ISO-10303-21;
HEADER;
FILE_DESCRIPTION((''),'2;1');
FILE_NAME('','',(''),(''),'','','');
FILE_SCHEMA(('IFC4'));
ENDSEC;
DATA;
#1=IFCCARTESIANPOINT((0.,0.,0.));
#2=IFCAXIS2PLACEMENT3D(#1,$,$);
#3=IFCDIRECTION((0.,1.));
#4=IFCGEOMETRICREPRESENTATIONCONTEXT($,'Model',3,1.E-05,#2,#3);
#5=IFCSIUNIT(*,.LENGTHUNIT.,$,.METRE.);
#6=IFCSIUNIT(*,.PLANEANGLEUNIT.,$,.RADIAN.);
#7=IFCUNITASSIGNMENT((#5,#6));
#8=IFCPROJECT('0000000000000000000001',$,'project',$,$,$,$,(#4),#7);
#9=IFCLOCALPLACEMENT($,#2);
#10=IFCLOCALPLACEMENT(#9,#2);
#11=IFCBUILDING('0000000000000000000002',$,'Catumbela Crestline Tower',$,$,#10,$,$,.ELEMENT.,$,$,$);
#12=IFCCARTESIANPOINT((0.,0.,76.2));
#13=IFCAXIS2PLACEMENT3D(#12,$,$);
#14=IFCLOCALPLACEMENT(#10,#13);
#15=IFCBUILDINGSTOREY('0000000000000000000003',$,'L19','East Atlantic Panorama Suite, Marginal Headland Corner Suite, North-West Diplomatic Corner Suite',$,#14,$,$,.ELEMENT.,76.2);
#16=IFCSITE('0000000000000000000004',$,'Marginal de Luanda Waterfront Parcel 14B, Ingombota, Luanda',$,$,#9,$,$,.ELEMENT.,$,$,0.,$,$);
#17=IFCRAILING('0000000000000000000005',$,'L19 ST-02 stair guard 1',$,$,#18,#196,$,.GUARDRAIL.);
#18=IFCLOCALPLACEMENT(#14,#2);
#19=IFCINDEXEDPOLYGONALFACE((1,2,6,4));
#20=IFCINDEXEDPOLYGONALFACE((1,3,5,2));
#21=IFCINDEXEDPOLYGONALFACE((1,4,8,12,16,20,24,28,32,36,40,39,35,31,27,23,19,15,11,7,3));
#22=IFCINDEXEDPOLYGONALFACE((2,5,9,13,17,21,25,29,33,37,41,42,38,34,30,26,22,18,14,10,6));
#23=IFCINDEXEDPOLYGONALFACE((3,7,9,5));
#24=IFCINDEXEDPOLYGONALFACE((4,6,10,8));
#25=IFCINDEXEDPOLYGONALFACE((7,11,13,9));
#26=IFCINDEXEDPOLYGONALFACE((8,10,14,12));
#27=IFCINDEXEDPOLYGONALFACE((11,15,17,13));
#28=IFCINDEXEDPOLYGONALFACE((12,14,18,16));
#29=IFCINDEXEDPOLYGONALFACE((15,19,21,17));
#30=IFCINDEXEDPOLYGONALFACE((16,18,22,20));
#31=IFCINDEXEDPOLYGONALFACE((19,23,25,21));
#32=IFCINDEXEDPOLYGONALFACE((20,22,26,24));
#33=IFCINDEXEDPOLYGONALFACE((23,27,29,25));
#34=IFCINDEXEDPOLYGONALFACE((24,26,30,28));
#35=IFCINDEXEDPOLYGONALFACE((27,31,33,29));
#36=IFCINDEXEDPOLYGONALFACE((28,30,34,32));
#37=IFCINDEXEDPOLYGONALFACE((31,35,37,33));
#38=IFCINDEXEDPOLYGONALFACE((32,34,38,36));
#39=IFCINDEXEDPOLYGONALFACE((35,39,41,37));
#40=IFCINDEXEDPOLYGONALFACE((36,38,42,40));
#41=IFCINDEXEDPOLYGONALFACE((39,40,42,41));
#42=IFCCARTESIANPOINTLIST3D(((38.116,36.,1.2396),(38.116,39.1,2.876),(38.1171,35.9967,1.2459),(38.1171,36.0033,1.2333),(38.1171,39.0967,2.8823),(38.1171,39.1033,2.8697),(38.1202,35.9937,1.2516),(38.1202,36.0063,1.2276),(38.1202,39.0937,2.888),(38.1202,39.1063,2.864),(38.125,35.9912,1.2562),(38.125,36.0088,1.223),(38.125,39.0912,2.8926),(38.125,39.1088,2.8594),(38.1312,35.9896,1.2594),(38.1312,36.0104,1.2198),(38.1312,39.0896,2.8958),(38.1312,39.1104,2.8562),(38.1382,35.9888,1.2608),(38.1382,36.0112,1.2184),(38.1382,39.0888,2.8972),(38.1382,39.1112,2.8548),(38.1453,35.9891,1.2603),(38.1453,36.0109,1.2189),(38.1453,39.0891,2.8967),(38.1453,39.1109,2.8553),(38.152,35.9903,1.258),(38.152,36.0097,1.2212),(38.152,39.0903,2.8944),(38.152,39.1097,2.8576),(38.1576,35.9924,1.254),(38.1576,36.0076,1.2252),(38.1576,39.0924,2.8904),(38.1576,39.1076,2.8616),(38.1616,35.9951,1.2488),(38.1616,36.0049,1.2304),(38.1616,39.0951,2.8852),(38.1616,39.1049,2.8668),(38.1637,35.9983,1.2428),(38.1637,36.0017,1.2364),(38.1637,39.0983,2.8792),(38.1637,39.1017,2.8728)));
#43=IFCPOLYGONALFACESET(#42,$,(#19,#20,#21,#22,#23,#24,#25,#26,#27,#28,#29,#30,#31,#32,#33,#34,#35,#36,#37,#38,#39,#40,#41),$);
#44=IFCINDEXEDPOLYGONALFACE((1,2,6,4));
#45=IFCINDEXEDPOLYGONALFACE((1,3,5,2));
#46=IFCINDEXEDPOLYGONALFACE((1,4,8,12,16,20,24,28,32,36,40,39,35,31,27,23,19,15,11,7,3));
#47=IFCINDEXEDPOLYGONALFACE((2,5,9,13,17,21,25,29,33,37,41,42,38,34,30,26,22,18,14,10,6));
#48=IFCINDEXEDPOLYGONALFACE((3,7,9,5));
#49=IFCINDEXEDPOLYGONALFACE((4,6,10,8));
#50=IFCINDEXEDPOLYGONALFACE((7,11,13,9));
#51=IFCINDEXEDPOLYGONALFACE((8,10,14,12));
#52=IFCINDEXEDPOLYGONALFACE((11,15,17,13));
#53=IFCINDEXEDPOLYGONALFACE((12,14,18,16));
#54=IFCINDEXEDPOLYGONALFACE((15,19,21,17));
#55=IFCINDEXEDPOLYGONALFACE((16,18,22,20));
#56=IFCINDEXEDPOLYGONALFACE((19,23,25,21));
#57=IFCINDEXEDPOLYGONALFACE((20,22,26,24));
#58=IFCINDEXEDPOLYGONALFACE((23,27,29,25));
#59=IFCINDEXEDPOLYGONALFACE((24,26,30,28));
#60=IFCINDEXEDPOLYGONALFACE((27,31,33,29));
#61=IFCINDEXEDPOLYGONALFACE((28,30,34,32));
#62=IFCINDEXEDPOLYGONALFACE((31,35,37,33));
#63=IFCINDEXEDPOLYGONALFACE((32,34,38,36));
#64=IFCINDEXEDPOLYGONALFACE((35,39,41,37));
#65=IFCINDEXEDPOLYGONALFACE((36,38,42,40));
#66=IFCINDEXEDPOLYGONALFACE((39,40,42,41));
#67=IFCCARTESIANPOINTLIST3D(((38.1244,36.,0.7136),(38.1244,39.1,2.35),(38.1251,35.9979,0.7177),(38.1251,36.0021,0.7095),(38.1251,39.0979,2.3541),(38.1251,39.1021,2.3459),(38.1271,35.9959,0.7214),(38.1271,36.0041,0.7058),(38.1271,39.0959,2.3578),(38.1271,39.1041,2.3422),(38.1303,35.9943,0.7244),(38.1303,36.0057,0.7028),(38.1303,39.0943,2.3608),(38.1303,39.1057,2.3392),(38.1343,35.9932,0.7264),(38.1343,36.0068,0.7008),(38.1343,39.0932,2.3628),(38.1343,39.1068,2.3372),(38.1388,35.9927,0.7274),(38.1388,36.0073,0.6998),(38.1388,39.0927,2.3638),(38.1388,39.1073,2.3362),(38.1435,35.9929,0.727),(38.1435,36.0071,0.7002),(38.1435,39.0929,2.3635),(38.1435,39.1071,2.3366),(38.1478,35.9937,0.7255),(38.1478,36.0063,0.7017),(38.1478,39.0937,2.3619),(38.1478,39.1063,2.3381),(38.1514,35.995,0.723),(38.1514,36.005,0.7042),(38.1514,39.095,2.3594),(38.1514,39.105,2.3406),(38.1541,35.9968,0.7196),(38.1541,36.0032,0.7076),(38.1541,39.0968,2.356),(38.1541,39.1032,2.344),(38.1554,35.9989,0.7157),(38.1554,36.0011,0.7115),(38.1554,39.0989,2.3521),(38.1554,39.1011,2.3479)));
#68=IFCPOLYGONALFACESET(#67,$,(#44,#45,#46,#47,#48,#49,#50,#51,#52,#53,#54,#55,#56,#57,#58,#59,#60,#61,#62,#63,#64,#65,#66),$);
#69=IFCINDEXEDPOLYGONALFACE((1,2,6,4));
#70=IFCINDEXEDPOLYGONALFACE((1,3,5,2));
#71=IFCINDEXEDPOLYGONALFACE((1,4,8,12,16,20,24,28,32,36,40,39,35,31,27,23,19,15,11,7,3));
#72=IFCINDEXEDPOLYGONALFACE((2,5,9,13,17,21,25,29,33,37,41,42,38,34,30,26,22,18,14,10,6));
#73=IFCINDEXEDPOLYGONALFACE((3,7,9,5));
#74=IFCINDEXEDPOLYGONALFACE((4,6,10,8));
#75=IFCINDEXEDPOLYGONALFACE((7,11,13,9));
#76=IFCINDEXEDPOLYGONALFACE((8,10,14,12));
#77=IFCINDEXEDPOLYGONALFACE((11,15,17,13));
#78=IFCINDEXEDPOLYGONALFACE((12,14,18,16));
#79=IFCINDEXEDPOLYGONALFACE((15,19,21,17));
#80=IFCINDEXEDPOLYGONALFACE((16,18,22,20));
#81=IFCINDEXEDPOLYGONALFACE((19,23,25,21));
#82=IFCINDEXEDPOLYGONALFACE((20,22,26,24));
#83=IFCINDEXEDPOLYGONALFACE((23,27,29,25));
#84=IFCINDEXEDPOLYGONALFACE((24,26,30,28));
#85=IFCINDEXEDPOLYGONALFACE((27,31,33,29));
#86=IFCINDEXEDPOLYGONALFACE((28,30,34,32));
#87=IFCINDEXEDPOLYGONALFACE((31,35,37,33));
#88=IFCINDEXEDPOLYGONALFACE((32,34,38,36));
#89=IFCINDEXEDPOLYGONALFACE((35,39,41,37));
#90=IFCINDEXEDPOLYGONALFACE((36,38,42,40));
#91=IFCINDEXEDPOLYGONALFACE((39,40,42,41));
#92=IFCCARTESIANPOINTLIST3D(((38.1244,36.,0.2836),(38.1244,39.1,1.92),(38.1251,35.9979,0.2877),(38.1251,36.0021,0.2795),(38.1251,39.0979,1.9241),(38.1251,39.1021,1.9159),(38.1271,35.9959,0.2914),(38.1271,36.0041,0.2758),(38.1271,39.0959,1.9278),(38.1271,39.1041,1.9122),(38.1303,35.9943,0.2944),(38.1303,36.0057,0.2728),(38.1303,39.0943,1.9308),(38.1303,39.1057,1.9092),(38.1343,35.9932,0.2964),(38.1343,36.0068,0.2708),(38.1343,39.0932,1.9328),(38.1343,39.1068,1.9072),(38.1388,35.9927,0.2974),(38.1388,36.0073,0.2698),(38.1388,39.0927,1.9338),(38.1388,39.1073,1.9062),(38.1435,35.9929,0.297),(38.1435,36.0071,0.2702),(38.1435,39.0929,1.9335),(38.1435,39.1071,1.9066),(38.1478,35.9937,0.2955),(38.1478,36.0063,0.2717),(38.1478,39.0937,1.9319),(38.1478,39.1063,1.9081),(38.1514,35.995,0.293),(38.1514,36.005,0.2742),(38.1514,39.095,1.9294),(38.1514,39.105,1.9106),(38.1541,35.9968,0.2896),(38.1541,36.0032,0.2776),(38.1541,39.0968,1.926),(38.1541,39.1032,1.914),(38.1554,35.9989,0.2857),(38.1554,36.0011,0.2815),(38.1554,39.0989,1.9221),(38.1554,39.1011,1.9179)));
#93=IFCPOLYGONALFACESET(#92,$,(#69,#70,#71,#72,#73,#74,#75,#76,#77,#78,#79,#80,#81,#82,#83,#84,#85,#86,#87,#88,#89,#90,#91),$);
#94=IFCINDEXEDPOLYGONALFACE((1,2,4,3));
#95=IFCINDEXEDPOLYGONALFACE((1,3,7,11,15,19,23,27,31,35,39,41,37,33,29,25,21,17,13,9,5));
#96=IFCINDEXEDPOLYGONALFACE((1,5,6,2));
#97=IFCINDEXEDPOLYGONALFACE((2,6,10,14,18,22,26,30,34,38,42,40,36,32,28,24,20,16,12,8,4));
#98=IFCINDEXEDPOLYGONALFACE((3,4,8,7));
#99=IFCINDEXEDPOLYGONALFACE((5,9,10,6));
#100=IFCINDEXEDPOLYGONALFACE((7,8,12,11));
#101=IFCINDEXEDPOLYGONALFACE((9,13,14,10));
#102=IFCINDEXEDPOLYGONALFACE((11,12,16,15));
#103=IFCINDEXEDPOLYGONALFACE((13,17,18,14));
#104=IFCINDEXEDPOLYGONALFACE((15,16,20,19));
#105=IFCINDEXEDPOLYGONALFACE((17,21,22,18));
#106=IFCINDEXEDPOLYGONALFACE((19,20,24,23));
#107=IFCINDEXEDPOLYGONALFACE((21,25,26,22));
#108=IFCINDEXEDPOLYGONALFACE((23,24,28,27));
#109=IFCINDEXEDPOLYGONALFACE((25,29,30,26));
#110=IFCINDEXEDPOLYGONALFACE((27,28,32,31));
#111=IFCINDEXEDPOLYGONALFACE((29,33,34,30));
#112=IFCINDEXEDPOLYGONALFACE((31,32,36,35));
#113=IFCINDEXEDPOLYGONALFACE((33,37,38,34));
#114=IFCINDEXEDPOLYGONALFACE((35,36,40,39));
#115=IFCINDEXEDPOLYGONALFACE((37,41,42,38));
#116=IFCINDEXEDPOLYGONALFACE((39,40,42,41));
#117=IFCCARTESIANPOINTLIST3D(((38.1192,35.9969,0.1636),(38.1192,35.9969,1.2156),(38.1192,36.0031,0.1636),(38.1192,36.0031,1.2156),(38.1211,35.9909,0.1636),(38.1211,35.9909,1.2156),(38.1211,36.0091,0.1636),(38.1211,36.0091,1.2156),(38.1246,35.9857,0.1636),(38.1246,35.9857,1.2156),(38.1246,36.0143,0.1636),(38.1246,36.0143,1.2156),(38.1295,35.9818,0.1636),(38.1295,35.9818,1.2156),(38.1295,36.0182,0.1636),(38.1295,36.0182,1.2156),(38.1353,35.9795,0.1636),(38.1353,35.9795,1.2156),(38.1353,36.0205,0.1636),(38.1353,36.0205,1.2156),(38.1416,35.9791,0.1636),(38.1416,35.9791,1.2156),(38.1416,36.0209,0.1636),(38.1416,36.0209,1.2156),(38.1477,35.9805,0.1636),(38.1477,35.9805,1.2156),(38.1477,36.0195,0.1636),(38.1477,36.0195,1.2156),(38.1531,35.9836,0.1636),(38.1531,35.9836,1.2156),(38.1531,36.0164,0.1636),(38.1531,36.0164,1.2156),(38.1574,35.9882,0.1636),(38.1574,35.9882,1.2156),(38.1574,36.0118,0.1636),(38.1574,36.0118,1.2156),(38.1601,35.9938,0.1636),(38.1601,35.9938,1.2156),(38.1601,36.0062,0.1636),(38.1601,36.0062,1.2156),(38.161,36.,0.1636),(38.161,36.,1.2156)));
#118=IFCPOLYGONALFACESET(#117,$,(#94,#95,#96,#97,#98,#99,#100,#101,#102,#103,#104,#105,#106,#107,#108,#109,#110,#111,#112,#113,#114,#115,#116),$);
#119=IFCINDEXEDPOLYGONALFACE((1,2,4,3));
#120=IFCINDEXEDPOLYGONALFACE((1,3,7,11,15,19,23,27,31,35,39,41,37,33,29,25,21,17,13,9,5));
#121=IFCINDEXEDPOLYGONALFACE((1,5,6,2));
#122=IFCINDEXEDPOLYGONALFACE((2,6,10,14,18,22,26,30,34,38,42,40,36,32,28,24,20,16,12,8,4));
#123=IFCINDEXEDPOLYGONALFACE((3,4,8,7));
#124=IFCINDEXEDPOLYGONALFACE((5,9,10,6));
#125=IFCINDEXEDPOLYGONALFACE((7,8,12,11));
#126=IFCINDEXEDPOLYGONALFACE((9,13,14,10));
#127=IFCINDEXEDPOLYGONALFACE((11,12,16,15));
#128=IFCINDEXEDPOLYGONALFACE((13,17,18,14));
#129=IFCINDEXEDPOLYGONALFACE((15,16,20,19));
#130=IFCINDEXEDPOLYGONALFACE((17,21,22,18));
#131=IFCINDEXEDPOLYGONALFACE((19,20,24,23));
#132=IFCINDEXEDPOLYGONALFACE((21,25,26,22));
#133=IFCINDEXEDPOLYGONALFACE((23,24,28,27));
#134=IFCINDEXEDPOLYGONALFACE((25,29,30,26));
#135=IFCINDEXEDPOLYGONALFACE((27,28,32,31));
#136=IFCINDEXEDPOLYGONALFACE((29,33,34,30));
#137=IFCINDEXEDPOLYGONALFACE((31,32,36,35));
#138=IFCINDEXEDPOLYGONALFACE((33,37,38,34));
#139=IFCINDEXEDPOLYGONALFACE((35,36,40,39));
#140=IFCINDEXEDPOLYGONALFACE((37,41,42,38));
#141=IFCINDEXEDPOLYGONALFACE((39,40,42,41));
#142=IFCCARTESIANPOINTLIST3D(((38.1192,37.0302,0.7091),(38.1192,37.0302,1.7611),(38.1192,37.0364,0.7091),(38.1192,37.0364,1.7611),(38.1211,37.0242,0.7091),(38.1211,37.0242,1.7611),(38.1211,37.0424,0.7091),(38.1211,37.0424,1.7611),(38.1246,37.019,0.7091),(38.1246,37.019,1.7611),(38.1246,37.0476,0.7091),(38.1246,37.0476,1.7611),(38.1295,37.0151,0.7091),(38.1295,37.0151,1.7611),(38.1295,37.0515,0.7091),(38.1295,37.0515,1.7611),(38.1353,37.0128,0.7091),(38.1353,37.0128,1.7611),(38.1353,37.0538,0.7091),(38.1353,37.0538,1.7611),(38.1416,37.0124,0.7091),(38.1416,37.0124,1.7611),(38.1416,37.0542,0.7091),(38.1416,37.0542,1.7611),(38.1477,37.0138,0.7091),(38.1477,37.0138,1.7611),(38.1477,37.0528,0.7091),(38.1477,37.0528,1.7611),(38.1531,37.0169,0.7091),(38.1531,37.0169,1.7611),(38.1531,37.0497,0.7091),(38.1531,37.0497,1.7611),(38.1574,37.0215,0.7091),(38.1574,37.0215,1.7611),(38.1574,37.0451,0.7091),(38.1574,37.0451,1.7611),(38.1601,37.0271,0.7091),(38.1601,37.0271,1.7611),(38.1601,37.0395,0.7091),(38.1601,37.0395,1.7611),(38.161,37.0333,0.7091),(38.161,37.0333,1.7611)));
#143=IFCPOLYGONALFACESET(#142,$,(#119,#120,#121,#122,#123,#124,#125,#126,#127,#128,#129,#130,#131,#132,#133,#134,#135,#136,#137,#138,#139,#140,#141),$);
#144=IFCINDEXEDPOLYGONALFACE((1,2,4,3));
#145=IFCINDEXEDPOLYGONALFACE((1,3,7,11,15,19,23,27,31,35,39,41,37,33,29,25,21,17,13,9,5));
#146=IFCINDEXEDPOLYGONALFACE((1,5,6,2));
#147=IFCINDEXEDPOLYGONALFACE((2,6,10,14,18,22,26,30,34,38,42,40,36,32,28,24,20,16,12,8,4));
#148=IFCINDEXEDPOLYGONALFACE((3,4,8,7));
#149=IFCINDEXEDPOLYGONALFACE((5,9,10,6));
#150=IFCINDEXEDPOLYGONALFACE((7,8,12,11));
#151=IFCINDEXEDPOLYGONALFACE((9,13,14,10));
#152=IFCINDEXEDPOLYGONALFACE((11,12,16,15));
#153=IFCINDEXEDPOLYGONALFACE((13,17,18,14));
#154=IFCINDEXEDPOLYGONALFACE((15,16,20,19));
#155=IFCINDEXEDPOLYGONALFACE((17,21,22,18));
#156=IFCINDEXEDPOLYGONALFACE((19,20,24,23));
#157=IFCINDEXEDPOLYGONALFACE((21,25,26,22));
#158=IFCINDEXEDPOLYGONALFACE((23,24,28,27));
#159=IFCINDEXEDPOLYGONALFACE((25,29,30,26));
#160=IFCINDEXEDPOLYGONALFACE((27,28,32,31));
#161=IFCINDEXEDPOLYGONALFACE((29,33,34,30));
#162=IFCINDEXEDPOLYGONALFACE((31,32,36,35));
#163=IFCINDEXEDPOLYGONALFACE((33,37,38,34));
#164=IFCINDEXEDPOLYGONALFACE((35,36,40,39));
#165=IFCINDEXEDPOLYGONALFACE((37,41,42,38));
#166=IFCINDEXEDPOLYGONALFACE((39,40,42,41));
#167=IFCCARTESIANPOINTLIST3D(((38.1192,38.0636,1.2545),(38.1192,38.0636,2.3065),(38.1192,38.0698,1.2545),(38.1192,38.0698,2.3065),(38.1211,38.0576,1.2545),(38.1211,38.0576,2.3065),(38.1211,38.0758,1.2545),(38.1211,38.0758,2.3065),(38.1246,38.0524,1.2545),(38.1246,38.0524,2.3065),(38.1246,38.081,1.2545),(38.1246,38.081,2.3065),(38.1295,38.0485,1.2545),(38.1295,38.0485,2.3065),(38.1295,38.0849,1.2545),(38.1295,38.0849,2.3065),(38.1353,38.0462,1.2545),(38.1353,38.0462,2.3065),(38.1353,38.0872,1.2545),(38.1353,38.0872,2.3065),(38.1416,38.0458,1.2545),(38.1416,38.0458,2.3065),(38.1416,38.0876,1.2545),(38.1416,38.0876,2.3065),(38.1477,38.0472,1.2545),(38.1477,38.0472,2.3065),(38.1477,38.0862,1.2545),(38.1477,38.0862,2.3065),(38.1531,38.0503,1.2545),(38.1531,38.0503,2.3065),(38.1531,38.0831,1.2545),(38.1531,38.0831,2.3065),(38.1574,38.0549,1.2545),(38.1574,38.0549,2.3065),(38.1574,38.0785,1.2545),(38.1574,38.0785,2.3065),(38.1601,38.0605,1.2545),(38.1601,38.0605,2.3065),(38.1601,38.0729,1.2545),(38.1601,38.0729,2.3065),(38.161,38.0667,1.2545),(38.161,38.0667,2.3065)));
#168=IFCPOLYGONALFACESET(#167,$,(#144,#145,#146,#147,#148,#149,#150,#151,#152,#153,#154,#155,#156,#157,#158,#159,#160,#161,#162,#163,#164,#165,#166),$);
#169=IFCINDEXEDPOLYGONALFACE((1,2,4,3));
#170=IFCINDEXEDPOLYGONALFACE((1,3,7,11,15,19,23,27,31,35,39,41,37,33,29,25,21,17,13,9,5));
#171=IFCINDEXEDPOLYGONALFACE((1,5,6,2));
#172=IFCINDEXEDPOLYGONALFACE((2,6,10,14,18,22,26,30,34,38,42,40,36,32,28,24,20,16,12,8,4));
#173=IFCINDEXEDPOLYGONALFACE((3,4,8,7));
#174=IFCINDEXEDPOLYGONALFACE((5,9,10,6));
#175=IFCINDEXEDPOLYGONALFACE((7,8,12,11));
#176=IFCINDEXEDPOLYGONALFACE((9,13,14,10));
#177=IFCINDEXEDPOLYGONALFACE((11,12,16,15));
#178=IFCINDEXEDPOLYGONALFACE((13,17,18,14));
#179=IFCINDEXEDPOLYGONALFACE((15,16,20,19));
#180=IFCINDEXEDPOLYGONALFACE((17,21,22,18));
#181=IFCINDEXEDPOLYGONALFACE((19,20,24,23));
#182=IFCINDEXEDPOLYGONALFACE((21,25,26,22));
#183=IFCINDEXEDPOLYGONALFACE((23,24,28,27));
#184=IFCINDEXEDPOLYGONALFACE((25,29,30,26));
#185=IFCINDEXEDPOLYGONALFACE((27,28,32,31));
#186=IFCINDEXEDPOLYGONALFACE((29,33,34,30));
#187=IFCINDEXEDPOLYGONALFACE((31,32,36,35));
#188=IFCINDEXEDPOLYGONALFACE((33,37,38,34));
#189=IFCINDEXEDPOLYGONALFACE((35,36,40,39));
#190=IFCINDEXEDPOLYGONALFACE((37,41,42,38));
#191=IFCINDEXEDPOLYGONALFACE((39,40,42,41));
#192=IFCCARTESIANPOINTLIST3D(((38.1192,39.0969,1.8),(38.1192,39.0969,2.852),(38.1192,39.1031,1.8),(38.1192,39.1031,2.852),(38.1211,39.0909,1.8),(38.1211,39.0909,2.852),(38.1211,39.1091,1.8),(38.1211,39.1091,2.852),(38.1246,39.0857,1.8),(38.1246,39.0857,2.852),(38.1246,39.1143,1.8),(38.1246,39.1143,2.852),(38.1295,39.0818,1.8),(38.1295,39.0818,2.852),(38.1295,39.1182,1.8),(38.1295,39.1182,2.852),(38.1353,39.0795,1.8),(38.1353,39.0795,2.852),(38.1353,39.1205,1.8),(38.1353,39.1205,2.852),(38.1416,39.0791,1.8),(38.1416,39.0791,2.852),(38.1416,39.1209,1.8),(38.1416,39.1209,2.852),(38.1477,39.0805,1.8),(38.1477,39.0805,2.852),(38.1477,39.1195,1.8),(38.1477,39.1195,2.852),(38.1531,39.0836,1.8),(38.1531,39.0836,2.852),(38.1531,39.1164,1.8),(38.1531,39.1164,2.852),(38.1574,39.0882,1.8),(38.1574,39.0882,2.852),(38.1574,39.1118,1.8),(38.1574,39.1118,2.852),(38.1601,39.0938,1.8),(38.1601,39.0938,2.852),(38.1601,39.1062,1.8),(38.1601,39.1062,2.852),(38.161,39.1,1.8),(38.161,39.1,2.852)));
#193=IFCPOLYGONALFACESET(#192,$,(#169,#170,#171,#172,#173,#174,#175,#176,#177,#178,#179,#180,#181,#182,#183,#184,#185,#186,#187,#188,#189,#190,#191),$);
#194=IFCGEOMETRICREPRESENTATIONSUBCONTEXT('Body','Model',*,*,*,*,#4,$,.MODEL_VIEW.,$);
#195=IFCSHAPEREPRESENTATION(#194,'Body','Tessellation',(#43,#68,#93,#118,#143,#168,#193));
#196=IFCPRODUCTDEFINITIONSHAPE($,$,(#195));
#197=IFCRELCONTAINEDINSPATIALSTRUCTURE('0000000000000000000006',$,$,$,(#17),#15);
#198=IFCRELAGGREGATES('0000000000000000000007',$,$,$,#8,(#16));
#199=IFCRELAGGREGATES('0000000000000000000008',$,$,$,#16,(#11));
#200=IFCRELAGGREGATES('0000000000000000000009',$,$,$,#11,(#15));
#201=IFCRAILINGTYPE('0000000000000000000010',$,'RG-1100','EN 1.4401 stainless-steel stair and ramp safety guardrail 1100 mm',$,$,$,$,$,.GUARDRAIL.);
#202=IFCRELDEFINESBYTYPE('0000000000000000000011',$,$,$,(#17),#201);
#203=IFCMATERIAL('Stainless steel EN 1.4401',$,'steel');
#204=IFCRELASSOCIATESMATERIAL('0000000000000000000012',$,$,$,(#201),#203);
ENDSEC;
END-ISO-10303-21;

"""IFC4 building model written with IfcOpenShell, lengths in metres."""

from ifc_helpers import new_model, si_unit, direction, frame, origin, origin_2d, place, context, subcontext, project, spatial, circle, extrude, material, type_object, element, save


model = new_model("IFC4")

# Units and contexts
model_context = context("Model", 3, precision=1e-05, world=origin(), true_north=direction((0.0, 1.0)))
body_context = subcontext(model_context, "Body", "Model", "MODEL_VIEW")
ifc_project = project(units=[si_unit("LENGTHUNIT", "METRE"), si_unit("PLANEANGLEUNIT", "RADIAN")], contexts=[model_context])

# Site, building, storey
site_placement = place(None, origin())
site = spatial("IfcSite", under=ifc_project, at=site_placement, Name="Marginal de Luanda Waterfront Parcel 14B, Ingombota, Luanda", CompositionType="ELEMENT", RefElevation=0.0)
building_placement = place(site_placement, origin())
building = spatial("IfcBuilding", under=site, at=building_placement, Name="Catumbela Crestline Tower", CompositionType="ELEMENT")
storey_placement = place(building_placement, frame((0.0, 0.0, 76.2)))
storey = spatial("IfcBuildingStorey", under=building, at=storey_placement, Name="L19", Description="East Atlantic Panorama Suite, Marginal Headland Corner Suite, North-West Diplomatic Corner Suite", CompositionType="ELEMENT", Elevation=76.2)

# Shared definitions
ifc_material_1 = material(Name="Stainless steel EN 1.4401", Category="steel")

# Railing
railing_type_1 = type_object("IfcRailingType", Name="RG-1100", Description="EN 1.4401 stainless-steel stair and ramp safety guardrail 1100 mm", PredefinedType="GUARDRAIL", material=ifc_material_1)
railing_1_placement = place(storey_placement, frame((38.14, 36.0, 0.1636)))
element("IfcRailing", 1, at=railing_1_placement, inside=storey, type_object=railing_type_1, Name="L19 ST-02 stair guard 1", PredefinedType="GUARDRAIL", context=body_context, shape_type="SweptSolid", body=[
    extrude(circle(Radius=0.024, at=origin_2d()), frame((0.0, 0.0, 1.076), z_axis=(0.0, 0.884351, 0.466823), x_axis=(-1.0, 0.0, 0.0)), (0.0, 0.0, 1.0), 3.5054),
    extrude(circle(Radius=0.0156, at=origin_2d()), frame((0.0, 0.0, 0.55), z_axis=(0.0, 0.884351, 0.466823), x_axis=(-1.0, 0.0, 0.0)), (0.0, 0.0, 1.0), 3.5054),
    extrude(circle(Radius=0.0156, at=origin_2d()), frame((0.0, 0.0, 0.12), z_axis=(0.0, 0.884351, 0.466823), x_axis=(-1.0, 0.0, 0.0)), (0.0, 0.0, 1.0), 3.5054),
    extrude(circle(Radius=0.021, at=origin_2d()), origin(), (0.0, 0.0, 1.0), 1.052),
    extrude(circle(Radius=0.021, at=origin_2d()), frame((0.0, 1.0333, 0.5455)), (0.0, 0.0, 1.0), 1.052),
    extrude(circle(Radius=0.021, at=origin_2d()), frame((0.0, 2.0667, 1.0909)), (0.0, 0.0, 1.0), 1.052),
    extrude(circle(Radius=0.021, at=origin_2d()), frame((0.0, 3.1, 1.6364)), (0.0, 0.0, 1.0), 1.052),
])

save(model, "model.ifc")
